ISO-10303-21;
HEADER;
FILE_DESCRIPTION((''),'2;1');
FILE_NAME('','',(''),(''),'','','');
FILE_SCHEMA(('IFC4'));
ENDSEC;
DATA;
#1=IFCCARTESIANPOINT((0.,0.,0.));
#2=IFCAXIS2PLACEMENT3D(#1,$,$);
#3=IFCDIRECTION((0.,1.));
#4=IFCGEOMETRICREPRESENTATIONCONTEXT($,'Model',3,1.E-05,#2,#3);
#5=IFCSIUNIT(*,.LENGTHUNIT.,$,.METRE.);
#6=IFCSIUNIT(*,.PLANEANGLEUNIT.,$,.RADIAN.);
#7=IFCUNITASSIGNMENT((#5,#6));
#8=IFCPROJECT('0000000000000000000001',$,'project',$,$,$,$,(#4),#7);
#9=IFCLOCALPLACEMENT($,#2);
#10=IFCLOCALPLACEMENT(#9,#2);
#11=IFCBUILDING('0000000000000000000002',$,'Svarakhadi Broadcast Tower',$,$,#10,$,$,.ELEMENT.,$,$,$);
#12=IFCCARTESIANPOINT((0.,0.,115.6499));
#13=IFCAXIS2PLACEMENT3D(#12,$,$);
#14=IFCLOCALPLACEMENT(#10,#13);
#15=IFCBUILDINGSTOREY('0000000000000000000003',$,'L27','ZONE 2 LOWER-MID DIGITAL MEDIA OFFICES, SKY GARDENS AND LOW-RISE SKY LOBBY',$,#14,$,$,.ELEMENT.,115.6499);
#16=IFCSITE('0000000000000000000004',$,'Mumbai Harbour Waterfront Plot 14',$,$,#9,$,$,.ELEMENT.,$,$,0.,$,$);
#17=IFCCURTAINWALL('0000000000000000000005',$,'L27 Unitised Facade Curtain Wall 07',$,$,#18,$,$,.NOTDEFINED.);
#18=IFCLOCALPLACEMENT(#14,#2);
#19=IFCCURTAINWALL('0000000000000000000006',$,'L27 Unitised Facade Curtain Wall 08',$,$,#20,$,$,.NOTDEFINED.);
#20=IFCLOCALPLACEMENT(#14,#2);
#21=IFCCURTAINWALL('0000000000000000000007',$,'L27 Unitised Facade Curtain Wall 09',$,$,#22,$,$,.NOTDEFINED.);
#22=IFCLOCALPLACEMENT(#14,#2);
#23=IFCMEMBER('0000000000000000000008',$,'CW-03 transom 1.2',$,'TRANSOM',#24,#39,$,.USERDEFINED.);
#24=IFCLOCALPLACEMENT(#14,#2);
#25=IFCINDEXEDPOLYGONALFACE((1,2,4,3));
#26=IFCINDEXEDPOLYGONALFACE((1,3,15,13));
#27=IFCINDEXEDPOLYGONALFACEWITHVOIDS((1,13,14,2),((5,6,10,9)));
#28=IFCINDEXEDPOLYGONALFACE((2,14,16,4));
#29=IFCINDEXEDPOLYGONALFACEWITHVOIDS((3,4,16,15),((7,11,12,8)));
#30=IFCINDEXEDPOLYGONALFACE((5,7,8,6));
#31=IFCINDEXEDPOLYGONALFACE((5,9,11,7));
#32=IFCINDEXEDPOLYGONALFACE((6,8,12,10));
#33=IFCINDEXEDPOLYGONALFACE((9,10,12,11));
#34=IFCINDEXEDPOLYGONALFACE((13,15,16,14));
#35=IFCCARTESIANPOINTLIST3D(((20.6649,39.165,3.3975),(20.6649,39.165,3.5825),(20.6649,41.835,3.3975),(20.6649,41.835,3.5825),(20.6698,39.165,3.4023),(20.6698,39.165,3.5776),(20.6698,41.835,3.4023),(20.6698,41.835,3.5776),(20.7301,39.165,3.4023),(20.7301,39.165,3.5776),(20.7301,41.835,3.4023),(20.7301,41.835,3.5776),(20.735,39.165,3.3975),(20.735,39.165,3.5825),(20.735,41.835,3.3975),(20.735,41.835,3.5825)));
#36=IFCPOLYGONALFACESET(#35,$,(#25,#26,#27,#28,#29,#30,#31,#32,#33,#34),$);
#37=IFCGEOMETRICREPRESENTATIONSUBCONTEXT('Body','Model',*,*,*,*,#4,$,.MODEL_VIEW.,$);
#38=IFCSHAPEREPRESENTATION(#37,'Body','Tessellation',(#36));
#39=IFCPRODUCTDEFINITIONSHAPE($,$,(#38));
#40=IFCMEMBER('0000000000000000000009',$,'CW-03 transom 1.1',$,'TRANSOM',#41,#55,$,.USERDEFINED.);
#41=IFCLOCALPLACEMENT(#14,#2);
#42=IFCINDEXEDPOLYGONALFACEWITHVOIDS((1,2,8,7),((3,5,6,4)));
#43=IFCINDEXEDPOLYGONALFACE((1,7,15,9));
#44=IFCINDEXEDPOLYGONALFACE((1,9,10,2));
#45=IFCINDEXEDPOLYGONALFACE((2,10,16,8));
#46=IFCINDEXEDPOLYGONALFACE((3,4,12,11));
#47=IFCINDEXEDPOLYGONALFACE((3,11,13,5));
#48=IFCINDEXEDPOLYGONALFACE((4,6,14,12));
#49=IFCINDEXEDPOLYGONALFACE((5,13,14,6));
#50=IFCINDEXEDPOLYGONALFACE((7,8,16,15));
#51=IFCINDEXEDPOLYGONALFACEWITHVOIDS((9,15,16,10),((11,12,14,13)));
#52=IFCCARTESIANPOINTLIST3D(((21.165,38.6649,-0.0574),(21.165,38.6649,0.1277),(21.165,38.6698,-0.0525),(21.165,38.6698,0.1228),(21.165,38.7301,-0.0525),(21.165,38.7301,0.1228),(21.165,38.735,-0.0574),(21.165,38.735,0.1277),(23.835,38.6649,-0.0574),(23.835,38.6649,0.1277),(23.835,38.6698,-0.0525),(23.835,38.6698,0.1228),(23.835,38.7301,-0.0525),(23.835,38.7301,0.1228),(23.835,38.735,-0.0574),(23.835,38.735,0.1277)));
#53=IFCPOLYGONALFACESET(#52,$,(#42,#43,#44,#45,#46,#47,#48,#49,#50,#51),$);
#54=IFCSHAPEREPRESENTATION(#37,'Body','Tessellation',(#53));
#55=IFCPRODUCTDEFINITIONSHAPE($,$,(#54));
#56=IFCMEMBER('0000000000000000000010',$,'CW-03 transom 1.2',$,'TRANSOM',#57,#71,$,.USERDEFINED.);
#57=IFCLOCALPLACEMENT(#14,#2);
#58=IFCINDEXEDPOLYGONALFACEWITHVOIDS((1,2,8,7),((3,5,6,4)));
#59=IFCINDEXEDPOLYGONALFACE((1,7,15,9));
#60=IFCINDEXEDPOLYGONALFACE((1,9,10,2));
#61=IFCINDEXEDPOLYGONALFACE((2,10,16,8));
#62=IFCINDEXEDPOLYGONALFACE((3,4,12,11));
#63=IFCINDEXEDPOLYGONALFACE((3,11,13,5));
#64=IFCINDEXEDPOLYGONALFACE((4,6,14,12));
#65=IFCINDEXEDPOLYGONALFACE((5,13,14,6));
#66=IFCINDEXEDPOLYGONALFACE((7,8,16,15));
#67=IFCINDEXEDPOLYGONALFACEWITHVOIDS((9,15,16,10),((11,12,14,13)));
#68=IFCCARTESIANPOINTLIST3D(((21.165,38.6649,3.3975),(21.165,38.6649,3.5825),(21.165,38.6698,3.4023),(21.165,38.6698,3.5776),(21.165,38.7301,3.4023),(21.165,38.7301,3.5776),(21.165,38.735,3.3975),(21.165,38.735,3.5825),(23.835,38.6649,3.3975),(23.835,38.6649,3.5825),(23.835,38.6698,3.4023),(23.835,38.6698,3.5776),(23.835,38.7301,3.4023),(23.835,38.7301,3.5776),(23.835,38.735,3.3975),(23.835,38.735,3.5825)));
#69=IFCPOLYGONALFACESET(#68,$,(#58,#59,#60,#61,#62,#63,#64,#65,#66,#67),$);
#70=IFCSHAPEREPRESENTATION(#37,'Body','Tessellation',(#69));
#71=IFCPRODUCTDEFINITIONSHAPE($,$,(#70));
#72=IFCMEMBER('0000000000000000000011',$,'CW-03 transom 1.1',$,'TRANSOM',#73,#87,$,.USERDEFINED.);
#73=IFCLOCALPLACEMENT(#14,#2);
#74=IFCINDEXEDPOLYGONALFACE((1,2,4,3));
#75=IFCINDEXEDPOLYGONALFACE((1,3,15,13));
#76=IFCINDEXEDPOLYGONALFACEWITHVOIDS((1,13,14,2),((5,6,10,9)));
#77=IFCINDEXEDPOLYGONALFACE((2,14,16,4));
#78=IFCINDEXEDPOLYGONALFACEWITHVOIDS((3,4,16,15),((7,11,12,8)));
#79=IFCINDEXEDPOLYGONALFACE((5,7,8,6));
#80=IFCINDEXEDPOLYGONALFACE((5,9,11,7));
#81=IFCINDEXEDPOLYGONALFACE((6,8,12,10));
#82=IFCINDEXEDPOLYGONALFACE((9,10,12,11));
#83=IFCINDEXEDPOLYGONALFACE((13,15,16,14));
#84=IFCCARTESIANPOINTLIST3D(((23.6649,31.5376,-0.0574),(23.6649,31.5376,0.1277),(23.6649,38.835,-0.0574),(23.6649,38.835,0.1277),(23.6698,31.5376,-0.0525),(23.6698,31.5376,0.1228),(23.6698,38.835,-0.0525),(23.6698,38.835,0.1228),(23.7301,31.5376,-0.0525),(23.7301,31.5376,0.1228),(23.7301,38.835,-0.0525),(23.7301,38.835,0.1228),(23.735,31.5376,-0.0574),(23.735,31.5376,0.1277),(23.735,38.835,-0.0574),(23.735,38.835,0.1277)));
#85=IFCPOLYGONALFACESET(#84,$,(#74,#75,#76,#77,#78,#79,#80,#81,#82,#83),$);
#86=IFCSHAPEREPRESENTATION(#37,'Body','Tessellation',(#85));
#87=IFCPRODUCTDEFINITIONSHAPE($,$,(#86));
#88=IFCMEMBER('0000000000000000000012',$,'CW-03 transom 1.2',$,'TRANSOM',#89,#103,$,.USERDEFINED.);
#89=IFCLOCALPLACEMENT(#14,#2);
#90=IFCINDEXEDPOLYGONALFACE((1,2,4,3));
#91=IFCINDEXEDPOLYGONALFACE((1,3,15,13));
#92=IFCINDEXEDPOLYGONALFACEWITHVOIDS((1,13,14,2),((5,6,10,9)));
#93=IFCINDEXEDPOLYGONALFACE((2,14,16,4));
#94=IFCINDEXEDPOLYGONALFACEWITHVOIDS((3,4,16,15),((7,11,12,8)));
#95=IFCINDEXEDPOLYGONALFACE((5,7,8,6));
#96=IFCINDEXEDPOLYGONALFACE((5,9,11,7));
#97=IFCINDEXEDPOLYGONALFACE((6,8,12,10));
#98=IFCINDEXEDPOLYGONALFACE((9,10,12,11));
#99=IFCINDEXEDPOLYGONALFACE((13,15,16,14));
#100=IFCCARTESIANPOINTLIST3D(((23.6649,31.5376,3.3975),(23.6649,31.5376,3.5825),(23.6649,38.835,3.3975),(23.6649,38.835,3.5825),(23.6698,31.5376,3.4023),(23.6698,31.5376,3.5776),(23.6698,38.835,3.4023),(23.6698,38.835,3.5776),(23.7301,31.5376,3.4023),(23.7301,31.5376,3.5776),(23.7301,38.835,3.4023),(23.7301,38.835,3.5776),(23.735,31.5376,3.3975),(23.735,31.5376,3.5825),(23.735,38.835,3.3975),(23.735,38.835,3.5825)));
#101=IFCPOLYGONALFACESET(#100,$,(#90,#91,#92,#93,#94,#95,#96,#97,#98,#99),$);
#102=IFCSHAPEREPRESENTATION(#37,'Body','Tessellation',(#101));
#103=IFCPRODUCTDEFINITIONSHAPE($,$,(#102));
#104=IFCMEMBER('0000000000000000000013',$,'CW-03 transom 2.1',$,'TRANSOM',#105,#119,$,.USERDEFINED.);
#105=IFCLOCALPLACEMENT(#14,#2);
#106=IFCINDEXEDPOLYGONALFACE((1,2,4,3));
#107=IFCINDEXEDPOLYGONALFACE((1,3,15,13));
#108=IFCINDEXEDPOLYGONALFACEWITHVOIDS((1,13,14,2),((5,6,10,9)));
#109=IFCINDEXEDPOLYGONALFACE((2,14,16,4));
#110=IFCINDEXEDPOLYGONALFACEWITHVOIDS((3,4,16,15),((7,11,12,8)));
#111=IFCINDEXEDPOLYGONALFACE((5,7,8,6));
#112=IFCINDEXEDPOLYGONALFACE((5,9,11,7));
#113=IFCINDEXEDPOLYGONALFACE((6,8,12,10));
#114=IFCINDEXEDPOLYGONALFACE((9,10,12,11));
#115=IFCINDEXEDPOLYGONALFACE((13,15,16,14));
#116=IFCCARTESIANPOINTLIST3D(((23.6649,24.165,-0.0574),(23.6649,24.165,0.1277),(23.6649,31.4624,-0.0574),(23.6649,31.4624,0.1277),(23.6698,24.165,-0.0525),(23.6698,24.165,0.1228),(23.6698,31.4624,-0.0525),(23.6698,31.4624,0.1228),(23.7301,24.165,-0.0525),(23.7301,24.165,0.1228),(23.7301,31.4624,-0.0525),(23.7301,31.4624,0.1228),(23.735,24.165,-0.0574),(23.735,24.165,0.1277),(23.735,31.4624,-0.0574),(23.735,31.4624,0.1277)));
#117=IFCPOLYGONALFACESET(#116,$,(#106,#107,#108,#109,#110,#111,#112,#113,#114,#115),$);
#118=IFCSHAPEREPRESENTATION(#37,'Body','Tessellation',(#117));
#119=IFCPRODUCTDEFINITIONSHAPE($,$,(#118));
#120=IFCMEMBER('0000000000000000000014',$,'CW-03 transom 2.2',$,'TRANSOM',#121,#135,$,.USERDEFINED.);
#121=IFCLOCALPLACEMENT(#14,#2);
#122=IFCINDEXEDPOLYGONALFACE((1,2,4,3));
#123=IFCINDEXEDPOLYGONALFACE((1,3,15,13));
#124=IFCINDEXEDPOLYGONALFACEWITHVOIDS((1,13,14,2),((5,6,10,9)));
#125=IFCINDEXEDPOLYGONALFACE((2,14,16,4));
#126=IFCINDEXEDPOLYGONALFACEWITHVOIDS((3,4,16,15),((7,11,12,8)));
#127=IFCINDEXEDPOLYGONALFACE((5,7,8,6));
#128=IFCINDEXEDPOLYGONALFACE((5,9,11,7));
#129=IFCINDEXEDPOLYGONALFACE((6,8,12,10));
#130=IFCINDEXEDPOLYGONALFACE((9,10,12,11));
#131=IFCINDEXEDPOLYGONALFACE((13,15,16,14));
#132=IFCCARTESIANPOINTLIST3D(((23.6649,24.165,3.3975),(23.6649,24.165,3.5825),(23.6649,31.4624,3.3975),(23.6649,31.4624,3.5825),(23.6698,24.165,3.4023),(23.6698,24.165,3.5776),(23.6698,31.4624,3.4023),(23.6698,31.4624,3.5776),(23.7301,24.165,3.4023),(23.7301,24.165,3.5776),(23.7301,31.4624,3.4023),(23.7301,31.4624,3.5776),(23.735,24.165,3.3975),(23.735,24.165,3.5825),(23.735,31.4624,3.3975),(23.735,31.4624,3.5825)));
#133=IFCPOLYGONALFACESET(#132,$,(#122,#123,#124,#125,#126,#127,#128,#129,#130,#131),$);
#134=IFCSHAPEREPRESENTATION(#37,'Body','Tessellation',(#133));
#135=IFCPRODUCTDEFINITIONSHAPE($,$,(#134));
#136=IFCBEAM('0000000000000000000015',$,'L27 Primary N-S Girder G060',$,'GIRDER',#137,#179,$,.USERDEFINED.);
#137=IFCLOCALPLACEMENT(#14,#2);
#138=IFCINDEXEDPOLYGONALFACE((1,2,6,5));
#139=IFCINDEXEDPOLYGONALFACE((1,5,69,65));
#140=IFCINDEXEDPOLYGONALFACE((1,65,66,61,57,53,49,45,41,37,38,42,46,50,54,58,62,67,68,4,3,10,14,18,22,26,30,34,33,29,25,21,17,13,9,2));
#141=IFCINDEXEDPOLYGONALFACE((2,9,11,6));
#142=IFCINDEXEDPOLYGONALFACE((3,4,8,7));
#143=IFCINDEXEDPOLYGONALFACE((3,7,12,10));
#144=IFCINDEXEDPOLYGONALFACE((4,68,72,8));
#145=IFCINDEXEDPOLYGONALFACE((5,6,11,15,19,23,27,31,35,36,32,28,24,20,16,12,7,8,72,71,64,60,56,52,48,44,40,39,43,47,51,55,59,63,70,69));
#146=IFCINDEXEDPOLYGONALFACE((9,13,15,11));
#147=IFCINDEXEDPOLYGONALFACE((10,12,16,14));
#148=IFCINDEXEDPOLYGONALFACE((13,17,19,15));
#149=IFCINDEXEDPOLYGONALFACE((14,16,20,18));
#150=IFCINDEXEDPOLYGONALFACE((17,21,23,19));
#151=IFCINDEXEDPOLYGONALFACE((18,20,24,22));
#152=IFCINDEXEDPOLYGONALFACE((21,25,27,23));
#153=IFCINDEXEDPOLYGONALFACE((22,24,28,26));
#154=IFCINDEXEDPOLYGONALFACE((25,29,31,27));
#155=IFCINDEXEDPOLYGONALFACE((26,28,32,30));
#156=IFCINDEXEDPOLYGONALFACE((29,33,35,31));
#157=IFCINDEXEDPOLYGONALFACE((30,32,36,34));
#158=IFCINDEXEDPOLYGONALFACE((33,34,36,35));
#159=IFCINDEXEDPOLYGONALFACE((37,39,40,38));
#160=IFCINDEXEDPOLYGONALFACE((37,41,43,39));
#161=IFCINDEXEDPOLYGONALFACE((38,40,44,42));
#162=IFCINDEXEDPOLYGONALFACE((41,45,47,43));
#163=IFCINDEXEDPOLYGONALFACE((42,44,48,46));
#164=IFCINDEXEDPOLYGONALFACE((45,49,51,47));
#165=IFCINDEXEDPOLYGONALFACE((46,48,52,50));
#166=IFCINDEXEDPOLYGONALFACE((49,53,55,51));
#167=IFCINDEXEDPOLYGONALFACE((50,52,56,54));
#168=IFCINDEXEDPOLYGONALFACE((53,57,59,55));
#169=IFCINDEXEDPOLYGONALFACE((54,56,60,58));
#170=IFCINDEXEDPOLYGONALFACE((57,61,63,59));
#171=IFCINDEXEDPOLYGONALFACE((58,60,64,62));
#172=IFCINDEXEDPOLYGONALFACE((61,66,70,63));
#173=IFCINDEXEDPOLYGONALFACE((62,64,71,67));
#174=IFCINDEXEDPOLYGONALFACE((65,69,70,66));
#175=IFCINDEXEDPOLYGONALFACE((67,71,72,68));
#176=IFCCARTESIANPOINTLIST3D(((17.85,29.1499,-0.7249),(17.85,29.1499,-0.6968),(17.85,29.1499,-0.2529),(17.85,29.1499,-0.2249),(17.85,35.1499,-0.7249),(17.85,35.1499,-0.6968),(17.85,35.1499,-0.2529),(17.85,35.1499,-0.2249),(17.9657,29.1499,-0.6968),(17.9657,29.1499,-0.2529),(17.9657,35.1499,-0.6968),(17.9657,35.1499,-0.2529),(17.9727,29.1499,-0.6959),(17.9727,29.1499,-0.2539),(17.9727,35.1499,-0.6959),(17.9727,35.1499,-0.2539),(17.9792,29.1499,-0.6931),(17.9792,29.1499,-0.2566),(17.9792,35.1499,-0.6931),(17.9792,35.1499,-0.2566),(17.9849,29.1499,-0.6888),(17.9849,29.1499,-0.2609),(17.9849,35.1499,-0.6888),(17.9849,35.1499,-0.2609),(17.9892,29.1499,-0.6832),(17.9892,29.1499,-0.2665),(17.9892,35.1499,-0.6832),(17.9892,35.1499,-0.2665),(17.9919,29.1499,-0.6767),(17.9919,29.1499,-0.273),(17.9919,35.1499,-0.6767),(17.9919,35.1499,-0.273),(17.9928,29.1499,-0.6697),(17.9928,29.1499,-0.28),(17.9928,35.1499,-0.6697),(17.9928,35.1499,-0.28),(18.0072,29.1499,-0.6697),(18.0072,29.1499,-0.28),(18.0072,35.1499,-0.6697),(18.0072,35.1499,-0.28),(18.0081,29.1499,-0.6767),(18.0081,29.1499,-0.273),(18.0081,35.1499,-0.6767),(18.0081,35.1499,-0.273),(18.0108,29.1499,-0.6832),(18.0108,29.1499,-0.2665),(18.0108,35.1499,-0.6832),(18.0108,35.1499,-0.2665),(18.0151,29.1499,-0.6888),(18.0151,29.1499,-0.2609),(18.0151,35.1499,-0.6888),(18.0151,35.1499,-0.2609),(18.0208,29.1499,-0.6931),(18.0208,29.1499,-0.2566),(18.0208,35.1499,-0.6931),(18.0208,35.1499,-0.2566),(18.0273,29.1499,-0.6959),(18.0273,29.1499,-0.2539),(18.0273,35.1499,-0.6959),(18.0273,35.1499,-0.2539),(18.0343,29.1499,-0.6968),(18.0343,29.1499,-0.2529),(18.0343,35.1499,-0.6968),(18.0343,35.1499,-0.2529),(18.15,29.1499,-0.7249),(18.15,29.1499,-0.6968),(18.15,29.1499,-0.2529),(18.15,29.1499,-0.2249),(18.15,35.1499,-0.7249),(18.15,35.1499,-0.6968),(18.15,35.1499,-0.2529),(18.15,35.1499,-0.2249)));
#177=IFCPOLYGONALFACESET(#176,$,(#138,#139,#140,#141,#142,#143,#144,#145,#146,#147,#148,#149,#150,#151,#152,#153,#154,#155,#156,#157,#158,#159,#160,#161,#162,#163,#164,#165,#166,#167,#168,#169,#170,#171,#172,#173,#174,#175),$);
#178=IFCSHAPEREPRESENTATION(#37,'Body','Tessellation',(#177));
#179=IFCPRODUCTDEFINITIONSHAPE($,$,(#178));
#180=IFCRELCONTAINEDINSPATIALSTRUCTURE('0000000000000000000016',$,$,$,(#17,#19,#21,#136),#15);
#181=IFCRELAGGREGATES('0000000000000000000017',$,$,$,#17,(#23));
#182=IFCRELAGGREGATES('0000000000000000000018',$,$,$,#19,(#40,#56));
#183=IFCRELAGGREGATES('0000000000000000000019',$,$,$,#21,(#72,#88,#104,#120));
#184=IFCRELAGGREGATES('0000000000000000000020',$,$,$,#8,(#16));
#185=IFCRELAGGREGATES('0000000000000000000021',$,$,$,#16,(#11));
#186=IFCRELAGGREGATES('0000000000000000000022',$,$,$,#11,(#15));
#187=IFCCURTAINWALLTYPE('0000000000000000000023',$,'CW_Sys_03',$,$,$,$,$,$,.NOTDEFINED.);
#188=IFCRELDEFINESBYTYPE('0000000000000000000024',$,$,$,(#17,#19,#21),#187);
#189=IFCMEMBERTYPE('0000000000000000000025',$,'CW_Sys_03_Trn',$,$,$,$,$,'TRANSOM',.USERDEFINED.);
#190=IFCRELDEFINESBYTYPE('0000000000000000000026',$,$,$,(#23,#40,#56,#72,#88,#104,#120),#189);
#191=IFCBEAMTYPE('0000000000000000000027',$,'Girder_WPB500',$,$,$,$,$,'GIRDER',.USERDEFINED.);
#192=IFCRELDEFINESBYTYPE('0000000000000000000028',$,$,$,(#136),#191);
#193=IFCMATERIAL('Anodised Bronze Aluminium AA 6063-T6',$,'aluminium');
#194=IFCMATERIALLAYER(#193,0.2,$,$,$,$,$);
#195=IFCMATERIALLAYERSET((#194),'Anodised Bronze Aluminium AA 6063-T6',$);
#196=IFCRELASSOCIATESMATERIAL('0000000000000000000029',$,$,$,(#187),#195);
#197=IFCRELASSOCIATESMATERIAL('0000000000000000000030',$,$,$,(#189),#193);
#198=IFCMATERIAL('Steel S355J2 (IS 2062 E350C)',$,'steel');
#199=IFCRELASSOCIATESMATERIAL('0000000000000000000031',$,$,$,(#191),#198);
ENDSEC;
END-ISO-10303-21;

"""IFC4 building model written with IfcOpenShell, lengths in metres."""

from ifc_helpers import new_model, si_unit, direction, frame, origin, origin_2d, place, context, subcontext, project, spatial, hollow_rectangle, i_section, extrude, material, layer, layer_set, material_profile, profile_set, type_object, element, aggregate, save


model = new_model("IFC4")

# Units and contexts
model_context = context("Model", 3, precision=1e-05, world=origin(), true_north=direction((0.0, 1.0)))
body_context = subcontext(model_context, "Body", "Model", "MODEL_VIEW")
ifc_project = project(units=[si_unit("LENGTHUNIT", "METRE"), si_unit("PLANEANGLEUNIT", "RADIAN")], contexts=[model_context])

# Site, building, storey
site_placement = place(None, origin())
site = spatial("IfcSite", under=ifc_project, at=site_placement, Name="Mumbai Harbour Waterfront Plot 14", CompositionType="ELEMENT", RefElevation=0.0)
building_placement = place(site_placement, origin())
building = spatial("IfcBuilding", under=site, at=building_placement, Name="Svarakhadi Broadcast Tower", CompositionType="ELEMENT")
storey_placement = place(building_placement, frame((0.0, 0.0, 115.6499)))
storey = spatial("IfcBuildingStorey", under=building, at=storey_placement, Name="L27", Description="ZONE 2 LOWER-MID DIGITAL MEDIA OFFICES, SKY GARDENS AND LOW-RISE SKY LOBBY", CompositionType="ELEMENT", Elevation=115.6499)

# Curtain walls
ifc_material_1 = material(Name="Anodised Bronze Aluminium AA 6063-T6", Category="aluminium")
ifc_layer_1 = layer(ifc_material_1, 0.2)
ifc_layer_set_1 = layer_set([ifc_layer_1], Name="Anodised Bronze Aluminium AA 6063-T6")
curtain_wall_type = type_object("IfcCurtainWallType", Name="CW_Sys_03", PredefinedType="NOTDEFINED", material=ifc_layer_set_1)
curtain_wall_1_placement = place(storey_placement, origin())
curtain_wall_1 = element("IfcCurtainWall", 1, at=curtain_wall_1_placement, inside=storey, type_object=curtain_wall_type, Name="L27 Unitised Facade Curtain Wall 07", PredefinedType="NOTDEFINED")
curtain_wall_2_placement = place(storey_placement, origin())
curtain_wall_2 = element("IfcCurtainWall", 2, at=curtain_wall_2_placement, inside=storey, type_object=curtain_wall_type, Name="L27 Unitised Facade Curtain Wall 08", PredefinedType="NOTDEFINED")
curtain_wall_3_placement = place(storey_placement, origin())
curtain_wall_3 = element("IfcCurtainWall", 3, at=curtain_wall_3_placement, inside=storey, type_object=curtain_wall_type, Name="L27 Unitised Facade Curtain Wall 09", PredefinedType="NOTDEFINED")

# Members
ifc_material_profile_1 = material_profile(ifc_material_1, hollow_rectangle(XDim=0.0701, YDim=0.1851, WallThickness=0.0049, at=origin_2d()), Name="ALU TRANSOM 185x70x5")
ifc_profile_set_1 = profile_set([ifc_material_profile_1], Name="Anodised Bronze Aluminium AA 6063-T6")
member_type_1 = type_object("IfcMemberType", Name="CW_Sys_03_Trn", ElementType="TRANSOM", PredefinedType="USERDEFINED", material=ifc_profile_set_1)
member_1_placement = place(storey_placement, frame((20.7, 41.835, 3.49), z_axis=(0.0, -1.0, 0.0), x_axis=(1.0, 0.0, 0.0)))
member_1 = element("IfcMember", 4, at=member_1_placement, type_object=member_type_1, Name="CW-03 transom 1.2", ObjectType="TRANSOM", PredefinedType="USERDEFINED", context=body_context, shape_type="SweptSolid", body=[
    extrude(hollow_rectangle(XDim=0.0701, YDim=0.1851, WallThickness=0.0049, at=origin_2d()), origin(), (0.0, 0.0, 1.0), 2.6699),
])
member_2_placement = place(storey_placement, frame((21.165, 38.7, 0.0352), z_axis=(1.0, 0.0, 0.0), x_axis=(0.0, 1.0, 0.0)))
member_2 = element("IfcMember", 5, at=member_2_placement, type_object=member_type_1, Name="CW-03 transom 1.1", ObjectType="TRANSOM", PredefinedType="USERDEFINED", context=body_context, shape_type="SweptSolid", body=[
    extrude(hollow_rectangle(XDim=0.0701, YDim=0.1851, WallThickness=0.0049, at=origin_2d()), origin(), (0.0, 0.0, 1.0), 2.6699),
])
member_3_placement = place(storey_placement, frame((21.165, 38.7, 3.49), z_axis=(1.0, 0.0, 0.0), x_axis=(0.0, 1.0, 0.0)))
member_3 = element("IfcMember", 6, at=member_3_placement, type_object=member_type_1, Name="CW-03 transom 1.2", ObjectType="TRANSOM", PredefinedType="USERDEFINED", context=body_context, shape_type="SweptSolid", body=[
    extrude(hollow_rectangle(XDim=0.0701, YDim=0.1851, WallThickness=0.0049, at=origin_2d()), origin(), (0.0, 0.0, 1.0), 2.6699),
])
member_4_placement = place(storey_placement, frame((23.7, 38.835, 0.0352), z_axis=(0.0, -1.0, 0.0), x_axis=(1.0, 0.0, 0.0)))
member_4 = element("IfcMember", 7, at=member_4_placement, type_object=member_type_1, Name="CW-03 transom 1.1", ObjectType="TRANSOM", PredefinedType="USERDEFINED", context=body_context, shape_type="SweptSolid", body=[
    extrude(hollow_rectangle(XDim=0.0701, YDim=0.1851, WallThickness=0.0049, at=origin_2d()), origin(), (0.0, 0.0, 1.0), 7.2974),
])
member_5_placement = place(storey_placement, frame((23.7, 38.835, 3.49), z_axis=(0.0, -1.0, 0.0), x_axis=(1.0, 0.0, 0.0)))
member_5 = element("IfcMember", 8, at=member_5_placement, type_object=member_type_1, Name="CW-03 transom 1.2", ObjectType="TRANSOM", PredefinedType="USERDEFINED", context=body_context, shape_type="SweptSolid", body=[
    extrude(hollow_rectangle(XDim=0.0701, YDim=0.1851, WallThickness=0.0049, at=origin_2d()), origin(), (0.0, 0.0, 1.0), 7.2974),
])
member_6_placement = place(storey_placement, frame((23.7, 31.4624, 0.0352), z_axis=(0.0, -1.0, 0.0), x_axis=(1.0, 0.0, 0.0)))
member_6 = element("IfcMember", 9, at=member_6_placement, type_object=member_type_1, Name="CW-03 transom 2.1", ObjectType="TRANSOM", PredefinedType="USERDEFINED", context=body_context, shape_type="SweptSolid", body=[
    extrude(hollow_rectangle(XDim=0.0701, YDim=0.1851, WallThickness=0.0049, at=origin_2d()), origin(), (0.0, 0.0, 1.0), 7.2974),
])
member_7_placement = place(storey_placement, frame((23.7, 31.4624, 3.49), z_axis=(0.0, -1.0, 0.0), x_axis=(1.0, 0.0, 0.0)))
member_7 = element("IfcMember", 10, at=member_7_placement, type_object=member_type_1, Name="CW-03 transom 2.2", ObjectType="TRANSOM", PredefinedType="USERDEFINED", context=body_context, shape_type="SweptSolid", body=[
    extrude(hollow_rectangle(XDim=0.0701, YDim=0.1851, WallThickness=0.0049, at=origin_2d()), origin(), (0.0, 0.0, 1.0), 7.2974),
])

# Beam
ifc_material_2 = material(Name="Steel S355J2 (IS 2062 E350C)", Category="steel")
ifc_material_profile_2 = material_profile(ifc_material_2, i_section(OverallWidth=0.3, OverallDepth=0.5, WebThickness=0.0144, FlangeThickness=0.0281, FilletRadius=0.0271, at=origin_2d()), Name="WPB 500x300x187")
ifc_profile_set_2 = profile_set([ifc_material_profile_2], Name="Steel S355J2 (IS 2062 E350C)")
beam_type = type_object("IfcBeamType", Name="Girder_WPB500", ElementType="GIRDER", PredefinedType="USERDEFINED", material=ifc_profile_set_2)
for number, where, z_axis, x_axis, name in (
    (11, (18.0, 29.1499, -0.4749), (0.0, 1.0, 0.0), (-1.0, 0.0, 0.0), "L27 Primary N-S Girder G060"),
):
    element("IfcBeam", number, at=place(storey_placement, frame(where, z_axis=z_axis, x_axis=x_axis)), inside=storey, type_object=beam_type, Name=name, ObjectType="GIRDER", PredefinedType="USERDEFINED", context=body_context, shape_type="SweptSolid", body=[
        extrude(i_section(OverallWidth=0.3, OverallDepth=0.5, WebThickness=0.0144, FlangeThickness=0.0281, FilletRadius=0.0271, at=origin_2d()), origin(), (0.0, 0.0, 1.0), 6.0),
    ])

aggregate(curtain_wall_1, [member_1])
aggregate(curtain_wall_2, [member_2, member_3])
aggregate(curtain_wall_3, [member_4, member_5, member_6, member_7])

save(model, "model.ifc")
